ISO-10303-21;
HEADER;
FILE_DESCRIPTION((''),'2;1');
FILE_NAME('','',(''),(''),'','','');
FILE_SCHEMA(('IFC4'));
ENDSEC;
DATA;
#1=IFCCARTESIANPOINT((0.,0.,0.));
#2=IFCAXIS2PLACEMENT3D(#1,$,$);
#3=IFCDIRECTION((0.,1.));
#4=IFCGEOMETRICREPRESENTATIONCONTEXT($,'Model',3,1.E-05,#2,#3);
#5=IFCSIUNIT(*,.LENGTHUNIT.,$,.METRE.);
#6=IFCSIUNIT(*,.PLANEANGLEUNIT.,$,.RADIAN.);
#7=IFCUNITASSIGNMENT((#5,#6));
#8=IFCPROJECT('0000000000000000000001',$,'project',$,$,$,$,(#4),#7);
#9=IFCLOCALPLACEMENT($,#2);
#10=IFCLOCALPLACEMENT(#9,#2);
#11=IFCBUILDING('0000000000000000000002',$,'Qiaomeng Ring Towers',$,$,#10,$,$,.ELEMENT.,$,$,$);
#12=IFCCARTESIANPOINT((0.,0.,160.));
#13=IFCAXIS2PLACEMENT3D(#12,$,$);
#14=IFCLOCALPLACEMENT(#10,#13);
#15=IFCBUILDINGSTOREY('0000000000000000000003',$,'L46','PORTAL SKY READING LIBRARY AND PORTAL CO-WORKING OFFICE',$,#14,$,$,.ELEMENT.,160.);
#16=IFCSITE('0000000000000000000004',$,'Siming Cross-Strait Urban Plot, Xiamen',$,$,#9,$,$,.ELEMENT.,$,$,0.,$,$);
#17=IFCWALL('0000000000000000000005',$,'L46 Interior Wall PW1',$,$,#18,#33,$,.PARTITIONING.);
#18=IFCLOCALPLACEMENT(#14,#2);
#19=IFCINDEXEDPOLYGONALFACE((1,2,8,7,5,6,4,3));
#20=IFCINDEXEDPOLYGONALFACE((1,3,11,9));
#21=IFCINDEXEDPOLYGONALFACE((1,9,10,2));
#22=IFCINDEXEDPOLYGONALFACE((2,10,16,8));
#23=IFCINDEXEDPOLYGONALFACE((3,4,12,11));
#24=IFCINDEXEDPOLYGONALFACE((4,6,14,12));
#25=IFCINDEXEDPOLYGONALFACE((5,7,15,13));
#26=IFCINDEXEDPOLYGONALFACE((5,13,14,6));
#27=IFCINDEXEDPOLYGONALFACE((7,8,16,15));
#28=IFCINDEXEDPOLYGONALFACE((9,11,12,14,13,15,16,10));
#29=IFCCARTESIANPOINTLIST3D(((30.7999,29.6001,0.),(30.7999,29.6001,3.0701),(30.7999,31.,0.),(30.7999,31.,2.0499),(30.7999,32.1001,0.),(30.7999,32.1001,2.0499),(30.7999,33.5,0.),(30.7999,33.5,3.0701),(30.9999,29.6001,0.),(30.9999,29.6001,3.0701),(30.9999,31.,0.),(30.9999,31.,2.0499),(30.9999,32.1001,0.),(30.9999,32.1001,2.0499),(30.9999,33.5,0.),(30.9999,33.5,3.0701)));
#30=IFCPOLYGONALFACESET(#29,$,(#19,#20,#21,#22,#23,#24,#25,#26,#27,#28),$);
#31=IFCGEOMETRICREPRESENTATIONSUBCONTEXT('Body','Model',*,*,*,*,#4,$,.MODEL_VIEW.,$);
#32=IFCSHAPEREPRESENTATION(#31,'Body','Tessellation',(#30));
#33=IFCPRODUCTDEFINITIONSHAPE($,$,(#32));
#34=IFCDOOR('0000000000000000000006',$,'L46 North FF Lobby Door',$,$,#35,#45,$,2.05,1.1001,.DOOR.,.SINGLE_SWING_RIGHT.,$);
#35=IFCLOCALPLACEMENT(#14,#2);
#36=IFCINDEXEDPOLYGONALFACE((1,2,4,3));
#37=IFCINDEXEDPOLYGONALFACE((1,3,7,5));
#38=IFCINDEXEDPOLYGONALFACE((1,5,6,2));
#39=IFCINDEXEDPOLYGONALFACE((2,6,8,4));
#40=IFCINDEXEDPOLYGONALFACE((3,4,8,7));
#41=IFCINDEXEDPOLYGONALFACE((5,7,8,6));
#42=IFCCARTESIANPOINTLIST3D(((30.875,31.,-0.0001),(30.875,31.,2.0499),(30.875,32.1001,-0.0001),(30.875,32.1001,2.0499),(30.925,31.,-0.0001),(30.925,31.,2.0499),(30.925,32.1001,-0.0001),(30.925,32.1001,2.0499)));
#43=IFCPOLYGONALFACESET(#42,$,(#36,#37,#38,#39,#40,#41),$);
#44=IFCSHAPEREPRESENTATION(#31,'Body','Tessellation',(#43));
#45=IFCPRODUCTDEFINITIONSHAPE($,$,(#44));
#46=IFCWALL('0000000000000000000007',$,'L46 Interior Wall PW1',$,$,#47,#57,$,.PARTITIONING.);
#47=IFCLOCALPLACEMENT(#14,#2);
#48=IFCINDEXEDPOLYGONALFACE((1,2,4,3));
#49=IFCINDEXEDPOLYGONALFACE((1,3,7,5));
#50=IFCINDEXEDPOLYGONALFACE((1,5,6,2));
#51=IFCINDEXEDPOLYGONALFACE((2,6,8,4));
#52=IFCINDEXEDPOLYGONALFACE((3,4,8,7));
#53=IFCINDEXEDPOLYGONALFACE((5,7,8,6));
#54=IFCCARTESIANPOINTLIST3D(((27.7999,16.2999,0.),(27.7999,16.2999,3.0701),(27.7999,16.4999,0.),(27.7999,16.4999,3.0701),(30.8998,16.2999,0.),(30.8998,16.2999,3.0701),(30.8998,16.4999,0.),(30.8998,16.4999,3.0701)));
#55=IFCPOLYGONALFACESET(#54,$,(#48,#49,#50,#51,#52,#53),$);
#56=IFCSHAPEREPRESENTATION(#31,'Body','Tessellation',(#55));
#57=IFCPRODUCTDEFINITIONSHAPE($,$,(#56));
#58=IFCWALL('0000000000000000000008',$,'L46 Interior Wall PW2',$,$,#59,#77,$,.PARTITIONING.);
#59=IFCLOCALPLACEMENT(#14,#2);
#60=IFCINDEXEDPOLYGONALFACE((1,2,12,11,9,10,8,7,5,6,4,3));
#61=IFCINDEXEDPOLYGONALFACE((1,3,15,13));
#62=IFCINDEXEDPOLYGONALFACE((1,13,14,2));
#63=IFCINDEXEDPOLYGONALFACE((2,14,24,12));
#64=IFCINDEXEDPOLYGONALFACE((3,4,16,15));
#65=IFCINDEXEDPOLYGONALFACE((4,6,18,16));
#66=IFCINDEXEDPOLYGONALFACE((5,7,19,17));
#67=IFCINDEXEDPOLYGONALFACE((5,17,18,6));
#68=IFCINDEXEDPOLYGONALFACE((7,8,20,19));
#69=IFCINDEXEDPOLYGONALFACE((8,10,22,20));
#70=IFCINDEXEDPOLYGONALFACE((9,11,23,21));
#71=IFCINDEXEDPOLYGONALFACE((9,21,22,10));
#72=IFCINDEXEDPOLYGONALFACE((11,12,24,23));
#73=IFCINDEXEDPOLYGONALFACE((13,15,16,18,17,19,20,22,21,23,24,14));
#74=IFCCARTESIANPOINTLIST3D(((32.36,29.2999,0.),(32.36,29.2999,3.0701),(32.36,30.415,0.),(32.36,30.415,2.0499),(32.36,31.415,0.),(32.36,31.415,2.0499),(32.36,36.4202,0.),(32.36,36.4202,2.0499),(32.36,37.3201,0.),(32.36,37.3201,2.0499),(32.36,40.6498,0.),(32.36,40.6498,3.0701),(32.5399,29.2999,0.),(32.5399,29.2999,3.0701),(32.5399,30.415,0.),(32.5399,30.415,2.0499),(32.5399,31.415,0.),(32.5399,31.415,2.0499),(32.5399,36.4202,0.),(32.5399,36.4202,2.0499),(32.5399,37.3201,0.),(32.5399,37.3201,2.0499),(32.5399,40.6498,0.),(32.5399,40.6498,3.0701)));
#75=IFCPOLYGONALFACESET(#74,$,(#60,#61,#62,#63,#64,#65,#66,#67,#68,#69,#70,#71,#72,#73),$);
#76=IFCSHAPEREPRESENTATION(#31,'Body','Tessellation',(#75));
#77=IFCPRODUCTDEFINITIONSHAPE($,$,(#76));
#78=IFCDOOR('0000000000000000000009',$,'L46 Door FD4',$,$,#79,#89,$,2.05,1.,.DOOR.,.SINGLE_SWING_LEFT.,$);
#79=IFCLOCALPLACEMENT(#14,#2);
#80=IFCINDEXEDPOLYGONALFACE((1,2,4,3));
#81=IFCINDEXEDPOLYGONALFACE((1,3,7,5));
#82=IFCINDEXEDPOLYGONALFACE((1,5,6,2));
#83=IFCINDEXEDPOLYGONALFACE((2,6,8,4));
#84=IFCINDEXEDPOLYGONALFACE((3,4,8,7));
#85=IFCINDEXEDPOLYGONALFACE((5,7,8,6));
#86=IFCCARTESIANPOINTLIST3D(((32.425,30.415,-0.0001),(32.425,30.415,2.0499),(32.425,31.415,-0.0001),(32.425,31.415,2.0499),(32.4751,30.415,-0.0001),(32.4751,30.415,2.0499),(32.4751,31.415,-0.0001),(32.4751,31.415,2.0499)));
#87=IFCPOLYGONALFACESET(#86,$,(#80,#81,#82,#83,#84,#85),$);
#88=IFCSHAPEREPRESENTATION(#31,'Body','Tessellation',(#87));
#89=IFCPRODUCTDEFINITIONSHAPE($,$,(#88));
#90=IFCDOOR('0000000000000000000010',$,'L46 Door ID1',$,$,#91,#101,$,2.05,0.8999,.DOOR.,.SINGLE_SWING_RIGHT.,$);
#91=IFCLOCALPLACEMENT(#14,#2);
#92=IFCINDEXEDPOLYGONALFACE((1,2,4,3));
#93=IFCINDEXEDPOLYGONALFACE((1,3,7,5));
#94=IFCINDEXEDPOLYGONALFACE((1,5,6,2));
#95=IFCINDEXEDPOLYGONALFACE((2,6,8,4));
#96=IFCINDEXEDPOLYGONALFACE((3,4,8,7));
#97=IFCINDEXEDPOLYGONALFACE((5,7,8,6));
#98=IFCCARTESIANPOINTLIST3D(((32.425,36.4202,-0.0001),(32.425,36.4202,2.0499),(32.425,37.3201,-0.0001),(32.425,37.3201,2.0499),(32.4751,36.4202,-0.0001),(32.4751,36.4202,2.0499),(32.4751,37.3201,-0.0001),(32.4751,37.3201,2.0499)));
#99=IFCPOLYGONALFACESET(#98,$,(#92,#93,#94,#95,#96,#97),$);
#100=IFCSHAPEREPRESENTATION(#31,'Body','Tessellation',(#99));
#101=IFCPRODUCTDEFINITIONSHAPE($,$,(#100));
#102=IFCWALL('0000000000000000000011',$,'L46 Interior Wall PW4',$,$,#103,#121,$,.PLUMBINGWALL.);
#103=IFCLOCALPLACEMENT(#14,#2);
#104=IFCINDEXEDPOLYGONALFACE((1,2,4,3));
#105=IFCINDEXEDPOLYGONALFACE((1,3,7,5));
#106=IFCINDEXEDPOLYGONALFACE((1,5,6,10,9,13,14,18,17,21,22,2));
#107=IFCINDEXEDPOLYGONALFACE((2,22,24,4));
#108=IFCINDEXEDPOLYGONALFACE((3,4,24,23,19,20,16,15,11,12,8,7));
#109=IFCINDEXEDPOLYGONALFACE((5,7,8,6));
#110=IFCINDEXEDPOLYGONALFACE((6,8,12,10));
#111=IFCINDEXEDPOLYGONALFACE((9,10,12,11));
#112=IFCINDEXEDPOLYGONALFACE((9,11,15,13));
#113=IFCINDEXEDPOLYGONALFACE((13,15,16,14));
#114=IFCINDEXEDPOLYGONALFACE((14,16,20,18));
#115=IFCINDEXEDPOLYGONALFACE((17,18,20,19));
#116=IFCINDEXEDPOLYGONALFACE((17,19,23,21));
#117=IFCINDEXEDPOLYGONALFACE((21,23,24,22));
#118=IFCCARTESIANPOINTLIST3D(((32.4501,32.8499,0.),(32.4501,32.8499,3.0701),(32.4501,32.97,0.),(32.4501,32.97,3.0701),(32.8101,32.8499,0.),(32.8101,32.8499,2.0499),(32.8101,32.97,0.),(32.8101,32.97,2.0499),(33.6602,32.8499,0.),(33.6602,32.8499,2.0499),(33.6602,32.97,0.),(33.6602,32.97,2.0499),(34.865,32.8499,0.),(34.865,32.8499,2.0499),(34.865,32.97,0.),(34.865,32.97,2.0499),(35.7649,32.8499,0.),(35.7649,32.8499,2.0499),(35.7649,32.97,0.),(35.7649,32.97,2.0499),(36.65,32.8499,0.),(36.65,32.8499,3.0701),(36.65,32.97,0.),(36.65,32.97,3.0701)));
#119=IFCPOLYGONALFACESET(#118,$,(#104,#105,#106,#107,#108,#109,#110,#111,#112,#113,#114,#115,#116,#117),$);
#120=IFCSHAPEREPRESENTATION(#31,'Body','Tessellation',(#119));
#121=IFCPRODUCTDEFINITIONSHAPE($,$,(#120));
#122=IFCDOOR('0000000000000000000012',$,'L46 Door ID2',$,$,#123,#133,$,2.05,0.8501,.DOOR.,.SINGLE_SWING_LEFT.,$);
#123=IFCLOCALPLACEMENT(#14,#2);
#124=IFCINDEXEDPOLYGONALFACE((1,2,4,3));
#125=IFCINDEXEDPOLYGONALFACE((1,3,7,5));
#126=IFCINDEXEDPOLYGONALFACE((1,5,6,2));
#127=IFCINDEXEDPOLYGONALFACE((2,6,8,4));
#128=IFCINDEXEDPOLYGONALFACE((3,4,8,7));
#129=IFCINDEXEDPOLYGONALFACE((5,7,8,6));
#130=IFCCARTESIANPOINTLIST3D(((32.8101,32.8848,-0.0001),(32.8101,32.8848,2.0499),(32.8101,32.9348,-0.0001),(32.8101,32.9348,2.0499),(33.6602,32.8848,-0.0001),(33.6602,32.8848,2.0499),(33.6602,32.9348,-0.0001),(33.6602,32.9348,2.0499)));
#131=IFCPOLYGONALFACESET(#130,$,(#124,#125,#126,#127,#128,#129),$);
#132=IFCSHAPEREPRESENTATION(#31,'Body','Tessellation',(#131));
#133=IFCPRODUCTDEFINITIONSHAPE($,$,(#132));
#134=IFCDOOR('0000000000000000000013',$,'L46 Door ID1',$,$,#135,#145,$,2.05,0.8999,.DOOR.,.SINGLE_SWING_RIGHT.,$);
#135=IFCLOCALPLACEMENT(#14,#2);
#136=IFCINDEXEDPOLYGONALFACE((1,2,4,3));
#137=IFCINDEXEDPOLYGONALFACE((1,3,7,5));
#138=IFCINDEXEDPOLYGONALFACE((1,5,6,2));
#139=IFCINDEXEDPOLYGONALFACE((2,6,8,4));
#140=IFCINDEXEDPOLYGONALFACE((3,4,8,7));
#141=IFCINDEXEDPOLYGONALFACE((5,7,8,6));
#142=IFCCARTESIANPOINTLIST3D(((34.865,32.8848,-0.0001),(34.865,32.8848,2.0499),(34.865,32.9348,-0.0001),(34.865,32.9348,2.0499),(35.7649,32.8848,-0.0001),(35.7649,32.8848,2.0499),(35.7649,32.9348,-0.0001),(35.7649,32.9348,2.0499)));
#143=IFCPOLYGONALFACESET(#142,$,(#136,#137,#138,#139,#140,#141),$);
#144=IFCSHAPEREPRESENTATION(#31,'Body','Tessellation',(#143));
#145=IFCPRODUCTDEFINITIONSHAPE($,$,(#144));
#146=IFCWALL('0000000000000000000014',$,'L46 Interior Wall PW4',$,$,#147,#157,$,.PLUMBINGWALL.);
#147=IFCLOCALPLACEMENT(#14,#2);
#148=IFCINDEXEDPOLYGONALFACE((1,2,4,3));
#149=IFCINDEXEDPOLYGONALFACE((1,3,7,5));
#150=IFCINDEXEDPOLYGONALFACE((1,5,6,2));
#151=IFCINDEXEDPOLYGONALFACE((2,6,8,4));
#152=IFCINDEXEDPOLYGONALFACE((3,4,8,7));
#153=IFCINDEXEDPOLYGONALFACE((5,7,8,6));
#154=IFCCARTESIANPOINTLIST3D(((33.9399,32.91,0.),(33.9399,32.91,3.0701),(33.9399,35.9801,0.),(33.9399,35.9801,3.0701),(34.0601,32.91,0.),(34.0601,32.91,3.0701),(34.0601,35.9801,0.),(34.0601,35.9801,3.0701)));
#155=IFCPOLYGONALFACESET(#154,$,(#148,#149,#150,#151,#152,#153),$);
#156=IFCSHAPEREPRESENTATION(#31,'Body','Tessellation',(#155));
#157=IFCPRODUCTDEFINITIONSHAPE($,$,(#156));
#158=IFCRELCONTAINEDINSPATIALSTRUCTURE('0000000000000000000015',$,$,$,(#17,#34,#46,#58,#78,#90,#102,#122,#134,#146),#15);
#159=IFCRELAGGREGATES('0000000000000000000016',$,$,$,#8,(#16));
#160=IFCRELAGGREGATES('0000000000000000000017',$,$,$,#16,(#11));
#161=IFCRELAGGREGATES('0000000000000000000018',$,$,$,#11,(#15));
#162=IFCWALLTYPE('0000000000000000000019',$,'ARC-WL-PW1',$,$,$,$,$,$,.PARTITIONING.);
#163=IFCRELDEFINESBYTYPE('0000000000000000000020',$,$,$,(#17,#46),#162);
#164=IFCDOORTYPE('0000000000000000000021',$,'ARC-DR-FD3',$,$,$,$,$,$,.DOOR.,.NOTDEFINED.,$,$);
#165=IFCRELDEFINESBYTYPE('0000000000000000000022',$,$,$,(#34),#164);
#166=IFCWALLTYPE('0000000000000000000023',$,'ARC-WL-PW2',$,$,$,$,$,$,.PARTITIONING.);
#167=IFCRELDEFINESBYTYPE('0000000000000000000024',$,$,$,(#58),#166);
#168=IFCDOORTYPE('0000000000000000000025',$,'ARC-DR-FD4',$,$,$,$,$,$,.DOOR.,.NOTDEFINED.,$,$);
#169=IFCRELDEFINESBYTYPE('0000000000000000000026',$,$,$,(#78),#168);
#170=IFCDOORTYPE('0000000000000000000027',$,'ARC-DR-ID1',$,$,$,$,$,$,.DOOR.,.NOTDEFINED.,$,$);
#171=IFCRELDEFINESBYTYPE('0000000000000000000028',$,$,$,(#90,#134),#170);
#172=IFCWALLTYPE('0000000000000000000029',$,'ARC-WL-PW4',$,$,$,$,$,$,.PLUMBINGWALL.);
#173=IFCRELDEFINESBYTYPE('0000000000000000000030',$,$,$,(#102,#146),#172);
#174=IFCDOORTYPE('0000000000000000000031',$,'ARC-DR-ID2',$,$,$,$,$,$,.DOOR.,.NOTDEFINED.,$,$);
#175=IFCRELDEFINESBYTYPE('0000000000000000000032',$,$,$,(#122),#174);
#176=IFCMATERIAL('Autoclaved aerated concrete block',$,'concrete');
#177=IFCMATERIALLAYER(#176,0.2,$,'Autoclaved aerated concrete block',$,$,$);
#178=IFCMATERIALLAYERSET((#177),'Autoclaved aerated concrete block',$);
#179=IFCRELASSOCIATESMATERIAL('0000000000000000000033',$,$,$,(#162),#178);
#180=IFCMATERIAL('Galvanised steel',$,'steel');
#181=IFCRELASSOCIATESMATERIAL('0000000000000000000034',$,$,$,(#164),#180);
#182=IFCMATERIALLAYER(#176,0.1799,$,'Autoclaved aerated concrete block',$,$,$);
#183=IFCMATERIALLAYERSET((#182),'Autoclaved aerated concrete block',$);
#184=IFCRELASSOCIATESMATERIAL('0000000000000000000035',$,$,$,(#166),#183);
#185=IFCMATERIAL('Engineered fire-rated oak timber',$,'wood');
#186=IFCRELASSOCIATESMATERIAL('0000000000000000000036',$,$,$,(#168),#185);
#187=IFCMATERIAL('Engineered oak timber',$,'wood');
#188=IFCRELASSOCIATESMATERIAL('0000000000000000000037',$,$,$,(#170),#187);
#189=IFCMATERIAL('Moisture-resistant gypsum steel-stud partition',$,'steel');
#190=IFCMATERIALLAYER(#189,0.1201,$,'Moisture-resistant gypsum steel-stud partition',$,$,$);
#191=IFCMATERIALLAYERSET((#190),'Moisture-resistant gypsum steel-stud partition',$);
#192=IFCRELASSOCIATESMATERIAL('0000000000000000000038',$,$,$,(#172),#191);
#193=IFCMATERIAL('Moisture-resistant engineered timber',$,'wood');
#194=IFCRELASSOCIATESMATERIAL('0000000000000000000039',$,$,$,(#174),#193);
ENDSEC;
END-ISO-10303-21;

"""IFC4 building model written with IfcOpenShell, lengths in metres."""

from ifc_helpers import new_model, si_unit, direction, frame, frame_2d, origin, place, context, subcontext, project, spatial, rectangle, extrude, source, transform, mapped, material, layer, layer_set, type_object, element, fill, save


model = new_model("IFC4")

# Units and contexts
model_context = context("Model", 3, precision=1e-05, world=origin(), true_north=direction((0.0, 1.0)))
body_context = subcontext(model_context, "Body", "Model", "MODEL_VIEW")
ifc_project = project(units=[si_unit("LENGTHUNIT", "METRE"), si_unit("PLANEANGLEUNIT", "RADIAN")], contexts=[model_context])

# Site, building, storey
site_placement = place(None, origin())
site = spatial("IfcSite", under=ifc_project, at=site_placement, Name="Siming Cross-Strait Urban Plot, Xiamen", CompositionType="ELEMENT", RefElevation=0.0)
building_placement = place(site_placement, origin())
building = spatial("IfcBuilding", under=site, at=building_placement, Name="Qiaomeng Ring Towers", CompositionType="ELEMENT")
storey_placement = place(building_placement, frame((0.0, 0.0, 160.0)))
storey = spatial("IfcBuildingStorey", under=building, at=storey_placement, Name="L46", Description="PORTAL SKY READING LIBRARY AND PORTAL CO-WORKING OFFICE", CompositionType="ELEMENT", Elevation=160.0)

# Shared definitions
ifc_material_1 = material(Name="Autoclaved aerated concrete block", Category="concrete")
ifc_layer_1 = layer(ifc_material_1, 0.2, Name="Autoclaved aerated concrete block")
ifc_layer_set_1 = layer_set([ifc_layer_1], Name="Autoclaved aerated concrete block")
wall_type_1 = type_object("IfcWallType", Name="ARC-WL-PW1", PredefinedType="PARTITIONING", material=ifc_layer_set_1)

# Wall, opening, door
wall_1_placement = place(storey_placement, frame((30.8999, 29.6001, 0.0), z_axis=(0.0, 0.0, 1.0), x_axis=(0.0, 1.0, 0.0)))
wall_1 = element("IfcWall", 1, at=wall_1_placement, inside=storey, type_object=wall_type_1, Name="L46 Interior Wall PW1", PredefinedType="PARTITIONING", context=body_context, shape_type="SweptSolid", body=[
    extrude(rectangle(XDim=3.8999, YDim=0.2, at=frame_2d((1.95, 0.0))), origin(), (0.0, 0.0, 1.0), 3.0701),
])
opening_1_placement = place(wall_1_placement, frame((1.3999, 0.0, 0.0)))
opening_1 = element("IfcOpeningElement", 2, at=opening_1_placement, cuts=wall_1, PredefinedType="OPENING", context=body_context, shape_type="SweptSolid", body=[
    extrude(rectangle(XDim=1.1001, YDim=2.05, at=frame_2d((0.55, 1.0249))), frame((0.0, 0.1099, 0.0), z_axis=(0.0, -1.0, 0.0), x_axis=(1.0, 0.0, 0.0)), (0.0, 0.0, 1.0), 0.22),
])
ifc_material_2 = material(Name="Galvanised steel", Category="steel")
door_type_1 = type_object("IfcDoorType", Name="ARC-DR-FD3", OperationType="NOTDEFINED", PredefinedType="DOOR", material=ifc_material_2)
shared_shape_1 = source(origin(), body_context, "Body", "SweptSolid", [
    extrude(rectangle(XDim=1.1001, YDim=2.05, at=frame_2d((0.55, 1.0249))), frame((0.0, 0.0249, 0.0), z_axis=(0.0, -1.0, 0.0), x_axis=(1.0, 0.0, 0.0)), (0.0, 0.0, 1.0), 0.05),
])
door_1_placement = place(opening_1_placement, origin())
door_1 = element("IfcDoor", 3, at=door_1_placement, inside=storey, type_object=door_type_1, Name="L46 North FF Lobby Door", OperationType="SINGLE_SWING_RIGHT", OverallHeight=2.05, OverallWidth=1.1001, PredefinedType="DOOR", context=body_context, shape_type="MappedRepresentation", body=[
    mapped(shared_shape_1, transform((0.0, 0.0, 0.0), x_axis=(1.0, 0.0, 0.0), y_axis=(0.0, 1.0, 0.0), z_axis=(0.0, 0.0, 1.0), scale=1.0)),
])
fill(opening_1, door_1)

# Wall
wall_2_placement = place(storey_placement, frame((27.8, 16.3999, 0.0), z_axis=(0.0, 0.0, 1.0), x_axis=(1.0, 0.0, 0.0)))
element("IfcWall", 4, at=wall_2_placement, inside=storey, type_object=wall_type_1, Name="L46 Interior Wall PW1", PredefinedType="PARTITIONING", context=body_context, shape_type="SweptSolid", body=[
    extrude(rectangle(XDim=3.0999, YDim=0.2, at=frame_2d((1.5498, 0.0))), origin(), (0.0, 0.0, 1.0), 3.0701),
])

# Walls, openings, doors
ifc_layer_2 = layer(ifc_material_1, 0.1799, Name="Autoclaved aerated concrete block")
ifc_layer_set_2 = layer_set([ifc_layer_2], Name="Autoclaved aerated concrete block")
wall_type_2 = type_object("IfcWallType", Name="ARC-WL-PW2", PredefinedType="PARTITIONING", material=ifc_layer_set_2)
wall_3_placement = place(storey_placement, frame((32.45, 29.3, 0.0), z_axis=(0.0, 0.0, 1.0), x_axis=(0.0, 1.0, 0.0)))
wall_3 = element("IfcWall", 5, at=wall_3_placement, inside=storey, type_object=wall_type_2, Name="L46 Interior Wall PW2", PredefinedType="PARTITIONING", context=body_context, shape_type="SweptSolid", body=[
    extrude(rectangle(XDim=11.3499, YDim=0.1799, at=frame_2d((5.6748, 0.0))), origin(), (0.0, 0.0, 1.0), 3.0701),
])
opening_2_placement = place(wall_3_placement, frame((1.115, 0.0, 0.0)))
opening_2 = element("IfcOpeningElement", 6, at=opening_2_placement, cuts=wall_3, PredefinedType="OPENING", context=body_context, shape_type="SweptSolid", body=[
    extrude(rectangle(XDim=1.0, YDim=2.05, at=frame_2d((0.5, 1.0249))), frame((0.0, 0.0999, 0.0), z_axis=(0.0, -1.0, 0.0), x_axis=(1.0, 0.0, 0.0)), (0.0, 0.0, 1.0), 0.2),
])
opening_3_placement = place(wall_3_placement, frame((7.1201, 0.0, 0.0)))
opening_3 = element("IfcOpeningElement", 7, at=opening_3_placement, cuts=wall_3, PredefinedType="OPENING", context=body_context, shape_type="SweptSolid", body=[
    extrude(rectangle(XDim=0.8999, YDim=2.05, at=frame_2d((0.45, 1.0249))), frame((0.0, 0.0999, 0.0), z_axis=(0.0, -1.0, 0.0), x_axis=(1.0, 0.0, 0.0)), (0.0, 0.0, 1.0), 0.2),
])
ifc_material_3 = material(Name="Engineered fire-rated oak timber", Category="wood")
door_type_2 = type_object("IfcDoorType", Name="ARC-DR-FD4", OperationType="NOTDEFINED", PredefinedType="DOOR", material=ifc_material_3)
shared_shape_2 = source(origin(), body_context, "Body", "SweptSolid", [
    extrude(rectangle(XDim=1.0, YDim=2.05, at=frame_2d((0.5, 1.0249))), frame((0.0, 0.0249, 0.0), z_axis=(0.0, -1.0, 0.0), x_axis=(1.0, 0.0, 0.0)), (0.0, 0.0, 1.0), 0.05),
])
door_2_placement = place(opening_2_placement, origin())
door_2 = element("IfcDoor", 8, at=door_2_placement, inside=storey, type_object=door_type_2, Name="L46 Door FD4", OperationType="SINGLE_SWING_LEFT", OverallHeight=2.05, OverallWidth=1.0, PredefinedType="DOOR", context=body_context, shape_type="MappedRepresentation", body=[
    mapped(shared_shape_2, transform((0.0, 0.0, 0.0), x_axis=(1.0, 0.0, 0.0), y_axis=(0.0, 1.0, 0.0), z_axis=(0.0, 0.0, 1.0), scale=1.0)),
])
fill(opening_2, door_2)
ifc_material_4 = material(Name="Engineered oak timber", Category="wood")
door_type_3 = type_object("IfcDoorType", Name="ARC-DR-ID1", OperationType="NOTDEFINED", PredefinedType="DOOR", material=ifc_material_4)
shared_shape_3 = source(origin(), body_context, "Body", "SweptSolid", [
    extrude(rectangle(XDim=0.8999, YDim=2.05, at=frame_2d((0.45, 1.0249))), frame((0.0, 0.0249, 0.0), z_axis=(0.0, -1.0, 0.0), x_axis=(1.0, 0.0, 0.0)), (0.0, 0.0, 1.0), 0.05),
])
door_3_placement = place(opening_3_placement, origin())
door_3 = element("IfcDoor", 9, at=door_3_placement, inside=storey, type_object=door_type_3, Name="L46 Door ID1", OperationType="SINGLE_SWING_RIGHT", OverallHeight=2.05, OverallWidth=0.8999, PredefinedType="DOOR", context=body_context, shape_type="MappedRepresentation", body=[
    mapped(shared_shape_3, transform((0.0, 0.0, 0.0), x_axis=(1.0, 0.0, 0.0), y_axis=(0.0, 1.0, 0.0), z_axis=(0.0, 0.0, 1.0), scale=1.0)),
])
fill(opening_3, door_3)
ifc_material_5 = material(Name="Moisture-resistant gypsum steel-stud partition", Category="steel")
ifc_layer_3 = layer(ifc_material_5, 0.1201, Name="Moisture-resistant gypsum steel-stud partition")
ifc_layer_set_3 = layer_set([ifc_layer_3], Name="Moisture-resistant gypsum steel-stud partition")
wall_type_3 = type_object("IfcWallType", Name="ARC-WL-PW4", PredefinedType="PLUMBINGWALL", material=ifc_layer_set_3)
wall_4_placement = place(storey_placement, frame((32.45, 32.9099, 0.0), z_axis=(0.0, 0.0, 1.0), x_axis=(1.0, 0.0, 0.0)))
wall_4 = element("IfcWall", 10, at=wall_4_placement, inside=storey, type_object=wall_type_3, Name="L46 Interior Wall PW4", PredefinedType="PLUMBINGWALL", context=body_context, shape_type="SweptSolid", body=[
    extrude(rectangle(XDim=4.2, YDim=0.1201, at=frame_2d((2.1001, 0.0))), origin(), (0.0, 0.0, 1.0), 3.0701),
])
opening_4_placement = place(wall_4_placement, frame((0.3601, 0.0, 0.0)))
opening_4 = element("IfcOpeningElement", 11, at=opening_4_placement, cuts=wall_4, PredefinedType="OPENING", context=body_context, shape_type="SweptSolid", body=[
    extrude(rectangle(XDim=0.8501, YDim=2.05, at=frame_2d((0.425, 1.0249))), frame((0.0, 0.0701, 0.0), z_axis=(0.0, -1.0, 0.0), x_axis=(1.0, 0.0, 0.0)), (0.0, 0.0, 1.0), 0.1401),
])
opening_5_placement = place(wall_4_placement, frame((2.415, 0.0, 0.0)))
opening_5 = element("IfcOpeningElement", 12, at=opening_5_placement, cuts=wall_4, PredefinedType="OPENING", context=body_context, shape_type="SweptSolid", body=[
    extrude(rectangle(XDim=0.8999, YDim=2.05, at=frame_2d((0.45, 1.0249))), frame((0.0, 0.0701, 0.0), z_axis=(0.0, -1.0, 0.0), x_axis=(1.0, 0.0, 0.0)), (0.0, 0.0, 1.0), 0.1401),
])
ifc_material_6 = material(Name="Moisture-resistant engineered timber", Category="wood")
door_type_4 = type_object("IfcDoorType", Name="ARC-DR-ID2", OperationType="NOTDEFINED", PredefinedType="DOOR", material=ifc_material_6)
shared_shape_4 = source(origin(), body_context, "Body", "SweptSolid", [
    extrude(rectangle(XDim=0.8501, YDim=2.05, at=frame_2d((0.425, 1.0249))), frame((0.0, 0.0249, 0.0), z_axis=(0.0, -1.0, 0.0), x_axis=(1.0, 0.0, 0.0)), (0.0, 0.0, 1.0), 0.05),
])
door_4_placement = place(opening_4_placement, origin())
door_4 = element("IfcDoor", 13, at=door_4_placement, inside=storey, type_object=door_type_4, Name="L46 Door ID2", OperationType="SINGLE_SWING_LEFT", OverallHeight=2.05, OverallWidth=0.8501, PredefinedType="DOOR", context=body_context, shape_type="MappedRepresentation", body=[
    mapped(shared_shape_4, transform((0.0, 0.0, 0.0), x_axis=(1.0, 0.0, 0.0), y_axis=(0.0, 1.0, 0.0), z_axis=(0.0, 0.0, 1.0), scale=1.0)),
])
fill(opening_4, door_4)
door_5_placement = place(opening_5_placement, origin())
door_5 = element("IfcDoor", 14, at=door_5_placement, inside=storey, type_object=door_type_3, Name="L46 Door ID1", OperationType="SINGLE_SWING_RIGHT", OverallHeight=2.05, OverallWidth=0.8999, PredefinedType="DOOR", context=body_context, shape_type="MappedRepresentation", body=[
    mapped(shared_shape_3, transform((0.0, 0.0, 0.0), x_axis=(1.0, 0.0, 0.0), y_axis=(0.0, 1.0, 0.0), z_axis=(0.0, 0.0, 1.0), scale=1.0)),
])
fill(opening_5, door_5)

# Wall
wall_5_placement = place(storey_placement, frame((34.0, 32.9099, 0.0), z_axis=(0.0, 0.0, 1.0), x_axis=(0.0, 1.0, 0.0)))
element("IfcWall", 15, at=wall_5_placement, inside=storey, type_object=wall_type_3, Name="L46 Interior Wall PW4", PredefinedType="PLUMBINGWALL", context=body_context, shape_type="SweptSolid", body=[
    extrude(rectangle(XDim=3.0701, YDim=0.1201, at=frame_2d((1.5352, 0.0))), origin(), (0.0, 0.0, 1.0), 3.0701),
])

save(model, "model.ifc")
